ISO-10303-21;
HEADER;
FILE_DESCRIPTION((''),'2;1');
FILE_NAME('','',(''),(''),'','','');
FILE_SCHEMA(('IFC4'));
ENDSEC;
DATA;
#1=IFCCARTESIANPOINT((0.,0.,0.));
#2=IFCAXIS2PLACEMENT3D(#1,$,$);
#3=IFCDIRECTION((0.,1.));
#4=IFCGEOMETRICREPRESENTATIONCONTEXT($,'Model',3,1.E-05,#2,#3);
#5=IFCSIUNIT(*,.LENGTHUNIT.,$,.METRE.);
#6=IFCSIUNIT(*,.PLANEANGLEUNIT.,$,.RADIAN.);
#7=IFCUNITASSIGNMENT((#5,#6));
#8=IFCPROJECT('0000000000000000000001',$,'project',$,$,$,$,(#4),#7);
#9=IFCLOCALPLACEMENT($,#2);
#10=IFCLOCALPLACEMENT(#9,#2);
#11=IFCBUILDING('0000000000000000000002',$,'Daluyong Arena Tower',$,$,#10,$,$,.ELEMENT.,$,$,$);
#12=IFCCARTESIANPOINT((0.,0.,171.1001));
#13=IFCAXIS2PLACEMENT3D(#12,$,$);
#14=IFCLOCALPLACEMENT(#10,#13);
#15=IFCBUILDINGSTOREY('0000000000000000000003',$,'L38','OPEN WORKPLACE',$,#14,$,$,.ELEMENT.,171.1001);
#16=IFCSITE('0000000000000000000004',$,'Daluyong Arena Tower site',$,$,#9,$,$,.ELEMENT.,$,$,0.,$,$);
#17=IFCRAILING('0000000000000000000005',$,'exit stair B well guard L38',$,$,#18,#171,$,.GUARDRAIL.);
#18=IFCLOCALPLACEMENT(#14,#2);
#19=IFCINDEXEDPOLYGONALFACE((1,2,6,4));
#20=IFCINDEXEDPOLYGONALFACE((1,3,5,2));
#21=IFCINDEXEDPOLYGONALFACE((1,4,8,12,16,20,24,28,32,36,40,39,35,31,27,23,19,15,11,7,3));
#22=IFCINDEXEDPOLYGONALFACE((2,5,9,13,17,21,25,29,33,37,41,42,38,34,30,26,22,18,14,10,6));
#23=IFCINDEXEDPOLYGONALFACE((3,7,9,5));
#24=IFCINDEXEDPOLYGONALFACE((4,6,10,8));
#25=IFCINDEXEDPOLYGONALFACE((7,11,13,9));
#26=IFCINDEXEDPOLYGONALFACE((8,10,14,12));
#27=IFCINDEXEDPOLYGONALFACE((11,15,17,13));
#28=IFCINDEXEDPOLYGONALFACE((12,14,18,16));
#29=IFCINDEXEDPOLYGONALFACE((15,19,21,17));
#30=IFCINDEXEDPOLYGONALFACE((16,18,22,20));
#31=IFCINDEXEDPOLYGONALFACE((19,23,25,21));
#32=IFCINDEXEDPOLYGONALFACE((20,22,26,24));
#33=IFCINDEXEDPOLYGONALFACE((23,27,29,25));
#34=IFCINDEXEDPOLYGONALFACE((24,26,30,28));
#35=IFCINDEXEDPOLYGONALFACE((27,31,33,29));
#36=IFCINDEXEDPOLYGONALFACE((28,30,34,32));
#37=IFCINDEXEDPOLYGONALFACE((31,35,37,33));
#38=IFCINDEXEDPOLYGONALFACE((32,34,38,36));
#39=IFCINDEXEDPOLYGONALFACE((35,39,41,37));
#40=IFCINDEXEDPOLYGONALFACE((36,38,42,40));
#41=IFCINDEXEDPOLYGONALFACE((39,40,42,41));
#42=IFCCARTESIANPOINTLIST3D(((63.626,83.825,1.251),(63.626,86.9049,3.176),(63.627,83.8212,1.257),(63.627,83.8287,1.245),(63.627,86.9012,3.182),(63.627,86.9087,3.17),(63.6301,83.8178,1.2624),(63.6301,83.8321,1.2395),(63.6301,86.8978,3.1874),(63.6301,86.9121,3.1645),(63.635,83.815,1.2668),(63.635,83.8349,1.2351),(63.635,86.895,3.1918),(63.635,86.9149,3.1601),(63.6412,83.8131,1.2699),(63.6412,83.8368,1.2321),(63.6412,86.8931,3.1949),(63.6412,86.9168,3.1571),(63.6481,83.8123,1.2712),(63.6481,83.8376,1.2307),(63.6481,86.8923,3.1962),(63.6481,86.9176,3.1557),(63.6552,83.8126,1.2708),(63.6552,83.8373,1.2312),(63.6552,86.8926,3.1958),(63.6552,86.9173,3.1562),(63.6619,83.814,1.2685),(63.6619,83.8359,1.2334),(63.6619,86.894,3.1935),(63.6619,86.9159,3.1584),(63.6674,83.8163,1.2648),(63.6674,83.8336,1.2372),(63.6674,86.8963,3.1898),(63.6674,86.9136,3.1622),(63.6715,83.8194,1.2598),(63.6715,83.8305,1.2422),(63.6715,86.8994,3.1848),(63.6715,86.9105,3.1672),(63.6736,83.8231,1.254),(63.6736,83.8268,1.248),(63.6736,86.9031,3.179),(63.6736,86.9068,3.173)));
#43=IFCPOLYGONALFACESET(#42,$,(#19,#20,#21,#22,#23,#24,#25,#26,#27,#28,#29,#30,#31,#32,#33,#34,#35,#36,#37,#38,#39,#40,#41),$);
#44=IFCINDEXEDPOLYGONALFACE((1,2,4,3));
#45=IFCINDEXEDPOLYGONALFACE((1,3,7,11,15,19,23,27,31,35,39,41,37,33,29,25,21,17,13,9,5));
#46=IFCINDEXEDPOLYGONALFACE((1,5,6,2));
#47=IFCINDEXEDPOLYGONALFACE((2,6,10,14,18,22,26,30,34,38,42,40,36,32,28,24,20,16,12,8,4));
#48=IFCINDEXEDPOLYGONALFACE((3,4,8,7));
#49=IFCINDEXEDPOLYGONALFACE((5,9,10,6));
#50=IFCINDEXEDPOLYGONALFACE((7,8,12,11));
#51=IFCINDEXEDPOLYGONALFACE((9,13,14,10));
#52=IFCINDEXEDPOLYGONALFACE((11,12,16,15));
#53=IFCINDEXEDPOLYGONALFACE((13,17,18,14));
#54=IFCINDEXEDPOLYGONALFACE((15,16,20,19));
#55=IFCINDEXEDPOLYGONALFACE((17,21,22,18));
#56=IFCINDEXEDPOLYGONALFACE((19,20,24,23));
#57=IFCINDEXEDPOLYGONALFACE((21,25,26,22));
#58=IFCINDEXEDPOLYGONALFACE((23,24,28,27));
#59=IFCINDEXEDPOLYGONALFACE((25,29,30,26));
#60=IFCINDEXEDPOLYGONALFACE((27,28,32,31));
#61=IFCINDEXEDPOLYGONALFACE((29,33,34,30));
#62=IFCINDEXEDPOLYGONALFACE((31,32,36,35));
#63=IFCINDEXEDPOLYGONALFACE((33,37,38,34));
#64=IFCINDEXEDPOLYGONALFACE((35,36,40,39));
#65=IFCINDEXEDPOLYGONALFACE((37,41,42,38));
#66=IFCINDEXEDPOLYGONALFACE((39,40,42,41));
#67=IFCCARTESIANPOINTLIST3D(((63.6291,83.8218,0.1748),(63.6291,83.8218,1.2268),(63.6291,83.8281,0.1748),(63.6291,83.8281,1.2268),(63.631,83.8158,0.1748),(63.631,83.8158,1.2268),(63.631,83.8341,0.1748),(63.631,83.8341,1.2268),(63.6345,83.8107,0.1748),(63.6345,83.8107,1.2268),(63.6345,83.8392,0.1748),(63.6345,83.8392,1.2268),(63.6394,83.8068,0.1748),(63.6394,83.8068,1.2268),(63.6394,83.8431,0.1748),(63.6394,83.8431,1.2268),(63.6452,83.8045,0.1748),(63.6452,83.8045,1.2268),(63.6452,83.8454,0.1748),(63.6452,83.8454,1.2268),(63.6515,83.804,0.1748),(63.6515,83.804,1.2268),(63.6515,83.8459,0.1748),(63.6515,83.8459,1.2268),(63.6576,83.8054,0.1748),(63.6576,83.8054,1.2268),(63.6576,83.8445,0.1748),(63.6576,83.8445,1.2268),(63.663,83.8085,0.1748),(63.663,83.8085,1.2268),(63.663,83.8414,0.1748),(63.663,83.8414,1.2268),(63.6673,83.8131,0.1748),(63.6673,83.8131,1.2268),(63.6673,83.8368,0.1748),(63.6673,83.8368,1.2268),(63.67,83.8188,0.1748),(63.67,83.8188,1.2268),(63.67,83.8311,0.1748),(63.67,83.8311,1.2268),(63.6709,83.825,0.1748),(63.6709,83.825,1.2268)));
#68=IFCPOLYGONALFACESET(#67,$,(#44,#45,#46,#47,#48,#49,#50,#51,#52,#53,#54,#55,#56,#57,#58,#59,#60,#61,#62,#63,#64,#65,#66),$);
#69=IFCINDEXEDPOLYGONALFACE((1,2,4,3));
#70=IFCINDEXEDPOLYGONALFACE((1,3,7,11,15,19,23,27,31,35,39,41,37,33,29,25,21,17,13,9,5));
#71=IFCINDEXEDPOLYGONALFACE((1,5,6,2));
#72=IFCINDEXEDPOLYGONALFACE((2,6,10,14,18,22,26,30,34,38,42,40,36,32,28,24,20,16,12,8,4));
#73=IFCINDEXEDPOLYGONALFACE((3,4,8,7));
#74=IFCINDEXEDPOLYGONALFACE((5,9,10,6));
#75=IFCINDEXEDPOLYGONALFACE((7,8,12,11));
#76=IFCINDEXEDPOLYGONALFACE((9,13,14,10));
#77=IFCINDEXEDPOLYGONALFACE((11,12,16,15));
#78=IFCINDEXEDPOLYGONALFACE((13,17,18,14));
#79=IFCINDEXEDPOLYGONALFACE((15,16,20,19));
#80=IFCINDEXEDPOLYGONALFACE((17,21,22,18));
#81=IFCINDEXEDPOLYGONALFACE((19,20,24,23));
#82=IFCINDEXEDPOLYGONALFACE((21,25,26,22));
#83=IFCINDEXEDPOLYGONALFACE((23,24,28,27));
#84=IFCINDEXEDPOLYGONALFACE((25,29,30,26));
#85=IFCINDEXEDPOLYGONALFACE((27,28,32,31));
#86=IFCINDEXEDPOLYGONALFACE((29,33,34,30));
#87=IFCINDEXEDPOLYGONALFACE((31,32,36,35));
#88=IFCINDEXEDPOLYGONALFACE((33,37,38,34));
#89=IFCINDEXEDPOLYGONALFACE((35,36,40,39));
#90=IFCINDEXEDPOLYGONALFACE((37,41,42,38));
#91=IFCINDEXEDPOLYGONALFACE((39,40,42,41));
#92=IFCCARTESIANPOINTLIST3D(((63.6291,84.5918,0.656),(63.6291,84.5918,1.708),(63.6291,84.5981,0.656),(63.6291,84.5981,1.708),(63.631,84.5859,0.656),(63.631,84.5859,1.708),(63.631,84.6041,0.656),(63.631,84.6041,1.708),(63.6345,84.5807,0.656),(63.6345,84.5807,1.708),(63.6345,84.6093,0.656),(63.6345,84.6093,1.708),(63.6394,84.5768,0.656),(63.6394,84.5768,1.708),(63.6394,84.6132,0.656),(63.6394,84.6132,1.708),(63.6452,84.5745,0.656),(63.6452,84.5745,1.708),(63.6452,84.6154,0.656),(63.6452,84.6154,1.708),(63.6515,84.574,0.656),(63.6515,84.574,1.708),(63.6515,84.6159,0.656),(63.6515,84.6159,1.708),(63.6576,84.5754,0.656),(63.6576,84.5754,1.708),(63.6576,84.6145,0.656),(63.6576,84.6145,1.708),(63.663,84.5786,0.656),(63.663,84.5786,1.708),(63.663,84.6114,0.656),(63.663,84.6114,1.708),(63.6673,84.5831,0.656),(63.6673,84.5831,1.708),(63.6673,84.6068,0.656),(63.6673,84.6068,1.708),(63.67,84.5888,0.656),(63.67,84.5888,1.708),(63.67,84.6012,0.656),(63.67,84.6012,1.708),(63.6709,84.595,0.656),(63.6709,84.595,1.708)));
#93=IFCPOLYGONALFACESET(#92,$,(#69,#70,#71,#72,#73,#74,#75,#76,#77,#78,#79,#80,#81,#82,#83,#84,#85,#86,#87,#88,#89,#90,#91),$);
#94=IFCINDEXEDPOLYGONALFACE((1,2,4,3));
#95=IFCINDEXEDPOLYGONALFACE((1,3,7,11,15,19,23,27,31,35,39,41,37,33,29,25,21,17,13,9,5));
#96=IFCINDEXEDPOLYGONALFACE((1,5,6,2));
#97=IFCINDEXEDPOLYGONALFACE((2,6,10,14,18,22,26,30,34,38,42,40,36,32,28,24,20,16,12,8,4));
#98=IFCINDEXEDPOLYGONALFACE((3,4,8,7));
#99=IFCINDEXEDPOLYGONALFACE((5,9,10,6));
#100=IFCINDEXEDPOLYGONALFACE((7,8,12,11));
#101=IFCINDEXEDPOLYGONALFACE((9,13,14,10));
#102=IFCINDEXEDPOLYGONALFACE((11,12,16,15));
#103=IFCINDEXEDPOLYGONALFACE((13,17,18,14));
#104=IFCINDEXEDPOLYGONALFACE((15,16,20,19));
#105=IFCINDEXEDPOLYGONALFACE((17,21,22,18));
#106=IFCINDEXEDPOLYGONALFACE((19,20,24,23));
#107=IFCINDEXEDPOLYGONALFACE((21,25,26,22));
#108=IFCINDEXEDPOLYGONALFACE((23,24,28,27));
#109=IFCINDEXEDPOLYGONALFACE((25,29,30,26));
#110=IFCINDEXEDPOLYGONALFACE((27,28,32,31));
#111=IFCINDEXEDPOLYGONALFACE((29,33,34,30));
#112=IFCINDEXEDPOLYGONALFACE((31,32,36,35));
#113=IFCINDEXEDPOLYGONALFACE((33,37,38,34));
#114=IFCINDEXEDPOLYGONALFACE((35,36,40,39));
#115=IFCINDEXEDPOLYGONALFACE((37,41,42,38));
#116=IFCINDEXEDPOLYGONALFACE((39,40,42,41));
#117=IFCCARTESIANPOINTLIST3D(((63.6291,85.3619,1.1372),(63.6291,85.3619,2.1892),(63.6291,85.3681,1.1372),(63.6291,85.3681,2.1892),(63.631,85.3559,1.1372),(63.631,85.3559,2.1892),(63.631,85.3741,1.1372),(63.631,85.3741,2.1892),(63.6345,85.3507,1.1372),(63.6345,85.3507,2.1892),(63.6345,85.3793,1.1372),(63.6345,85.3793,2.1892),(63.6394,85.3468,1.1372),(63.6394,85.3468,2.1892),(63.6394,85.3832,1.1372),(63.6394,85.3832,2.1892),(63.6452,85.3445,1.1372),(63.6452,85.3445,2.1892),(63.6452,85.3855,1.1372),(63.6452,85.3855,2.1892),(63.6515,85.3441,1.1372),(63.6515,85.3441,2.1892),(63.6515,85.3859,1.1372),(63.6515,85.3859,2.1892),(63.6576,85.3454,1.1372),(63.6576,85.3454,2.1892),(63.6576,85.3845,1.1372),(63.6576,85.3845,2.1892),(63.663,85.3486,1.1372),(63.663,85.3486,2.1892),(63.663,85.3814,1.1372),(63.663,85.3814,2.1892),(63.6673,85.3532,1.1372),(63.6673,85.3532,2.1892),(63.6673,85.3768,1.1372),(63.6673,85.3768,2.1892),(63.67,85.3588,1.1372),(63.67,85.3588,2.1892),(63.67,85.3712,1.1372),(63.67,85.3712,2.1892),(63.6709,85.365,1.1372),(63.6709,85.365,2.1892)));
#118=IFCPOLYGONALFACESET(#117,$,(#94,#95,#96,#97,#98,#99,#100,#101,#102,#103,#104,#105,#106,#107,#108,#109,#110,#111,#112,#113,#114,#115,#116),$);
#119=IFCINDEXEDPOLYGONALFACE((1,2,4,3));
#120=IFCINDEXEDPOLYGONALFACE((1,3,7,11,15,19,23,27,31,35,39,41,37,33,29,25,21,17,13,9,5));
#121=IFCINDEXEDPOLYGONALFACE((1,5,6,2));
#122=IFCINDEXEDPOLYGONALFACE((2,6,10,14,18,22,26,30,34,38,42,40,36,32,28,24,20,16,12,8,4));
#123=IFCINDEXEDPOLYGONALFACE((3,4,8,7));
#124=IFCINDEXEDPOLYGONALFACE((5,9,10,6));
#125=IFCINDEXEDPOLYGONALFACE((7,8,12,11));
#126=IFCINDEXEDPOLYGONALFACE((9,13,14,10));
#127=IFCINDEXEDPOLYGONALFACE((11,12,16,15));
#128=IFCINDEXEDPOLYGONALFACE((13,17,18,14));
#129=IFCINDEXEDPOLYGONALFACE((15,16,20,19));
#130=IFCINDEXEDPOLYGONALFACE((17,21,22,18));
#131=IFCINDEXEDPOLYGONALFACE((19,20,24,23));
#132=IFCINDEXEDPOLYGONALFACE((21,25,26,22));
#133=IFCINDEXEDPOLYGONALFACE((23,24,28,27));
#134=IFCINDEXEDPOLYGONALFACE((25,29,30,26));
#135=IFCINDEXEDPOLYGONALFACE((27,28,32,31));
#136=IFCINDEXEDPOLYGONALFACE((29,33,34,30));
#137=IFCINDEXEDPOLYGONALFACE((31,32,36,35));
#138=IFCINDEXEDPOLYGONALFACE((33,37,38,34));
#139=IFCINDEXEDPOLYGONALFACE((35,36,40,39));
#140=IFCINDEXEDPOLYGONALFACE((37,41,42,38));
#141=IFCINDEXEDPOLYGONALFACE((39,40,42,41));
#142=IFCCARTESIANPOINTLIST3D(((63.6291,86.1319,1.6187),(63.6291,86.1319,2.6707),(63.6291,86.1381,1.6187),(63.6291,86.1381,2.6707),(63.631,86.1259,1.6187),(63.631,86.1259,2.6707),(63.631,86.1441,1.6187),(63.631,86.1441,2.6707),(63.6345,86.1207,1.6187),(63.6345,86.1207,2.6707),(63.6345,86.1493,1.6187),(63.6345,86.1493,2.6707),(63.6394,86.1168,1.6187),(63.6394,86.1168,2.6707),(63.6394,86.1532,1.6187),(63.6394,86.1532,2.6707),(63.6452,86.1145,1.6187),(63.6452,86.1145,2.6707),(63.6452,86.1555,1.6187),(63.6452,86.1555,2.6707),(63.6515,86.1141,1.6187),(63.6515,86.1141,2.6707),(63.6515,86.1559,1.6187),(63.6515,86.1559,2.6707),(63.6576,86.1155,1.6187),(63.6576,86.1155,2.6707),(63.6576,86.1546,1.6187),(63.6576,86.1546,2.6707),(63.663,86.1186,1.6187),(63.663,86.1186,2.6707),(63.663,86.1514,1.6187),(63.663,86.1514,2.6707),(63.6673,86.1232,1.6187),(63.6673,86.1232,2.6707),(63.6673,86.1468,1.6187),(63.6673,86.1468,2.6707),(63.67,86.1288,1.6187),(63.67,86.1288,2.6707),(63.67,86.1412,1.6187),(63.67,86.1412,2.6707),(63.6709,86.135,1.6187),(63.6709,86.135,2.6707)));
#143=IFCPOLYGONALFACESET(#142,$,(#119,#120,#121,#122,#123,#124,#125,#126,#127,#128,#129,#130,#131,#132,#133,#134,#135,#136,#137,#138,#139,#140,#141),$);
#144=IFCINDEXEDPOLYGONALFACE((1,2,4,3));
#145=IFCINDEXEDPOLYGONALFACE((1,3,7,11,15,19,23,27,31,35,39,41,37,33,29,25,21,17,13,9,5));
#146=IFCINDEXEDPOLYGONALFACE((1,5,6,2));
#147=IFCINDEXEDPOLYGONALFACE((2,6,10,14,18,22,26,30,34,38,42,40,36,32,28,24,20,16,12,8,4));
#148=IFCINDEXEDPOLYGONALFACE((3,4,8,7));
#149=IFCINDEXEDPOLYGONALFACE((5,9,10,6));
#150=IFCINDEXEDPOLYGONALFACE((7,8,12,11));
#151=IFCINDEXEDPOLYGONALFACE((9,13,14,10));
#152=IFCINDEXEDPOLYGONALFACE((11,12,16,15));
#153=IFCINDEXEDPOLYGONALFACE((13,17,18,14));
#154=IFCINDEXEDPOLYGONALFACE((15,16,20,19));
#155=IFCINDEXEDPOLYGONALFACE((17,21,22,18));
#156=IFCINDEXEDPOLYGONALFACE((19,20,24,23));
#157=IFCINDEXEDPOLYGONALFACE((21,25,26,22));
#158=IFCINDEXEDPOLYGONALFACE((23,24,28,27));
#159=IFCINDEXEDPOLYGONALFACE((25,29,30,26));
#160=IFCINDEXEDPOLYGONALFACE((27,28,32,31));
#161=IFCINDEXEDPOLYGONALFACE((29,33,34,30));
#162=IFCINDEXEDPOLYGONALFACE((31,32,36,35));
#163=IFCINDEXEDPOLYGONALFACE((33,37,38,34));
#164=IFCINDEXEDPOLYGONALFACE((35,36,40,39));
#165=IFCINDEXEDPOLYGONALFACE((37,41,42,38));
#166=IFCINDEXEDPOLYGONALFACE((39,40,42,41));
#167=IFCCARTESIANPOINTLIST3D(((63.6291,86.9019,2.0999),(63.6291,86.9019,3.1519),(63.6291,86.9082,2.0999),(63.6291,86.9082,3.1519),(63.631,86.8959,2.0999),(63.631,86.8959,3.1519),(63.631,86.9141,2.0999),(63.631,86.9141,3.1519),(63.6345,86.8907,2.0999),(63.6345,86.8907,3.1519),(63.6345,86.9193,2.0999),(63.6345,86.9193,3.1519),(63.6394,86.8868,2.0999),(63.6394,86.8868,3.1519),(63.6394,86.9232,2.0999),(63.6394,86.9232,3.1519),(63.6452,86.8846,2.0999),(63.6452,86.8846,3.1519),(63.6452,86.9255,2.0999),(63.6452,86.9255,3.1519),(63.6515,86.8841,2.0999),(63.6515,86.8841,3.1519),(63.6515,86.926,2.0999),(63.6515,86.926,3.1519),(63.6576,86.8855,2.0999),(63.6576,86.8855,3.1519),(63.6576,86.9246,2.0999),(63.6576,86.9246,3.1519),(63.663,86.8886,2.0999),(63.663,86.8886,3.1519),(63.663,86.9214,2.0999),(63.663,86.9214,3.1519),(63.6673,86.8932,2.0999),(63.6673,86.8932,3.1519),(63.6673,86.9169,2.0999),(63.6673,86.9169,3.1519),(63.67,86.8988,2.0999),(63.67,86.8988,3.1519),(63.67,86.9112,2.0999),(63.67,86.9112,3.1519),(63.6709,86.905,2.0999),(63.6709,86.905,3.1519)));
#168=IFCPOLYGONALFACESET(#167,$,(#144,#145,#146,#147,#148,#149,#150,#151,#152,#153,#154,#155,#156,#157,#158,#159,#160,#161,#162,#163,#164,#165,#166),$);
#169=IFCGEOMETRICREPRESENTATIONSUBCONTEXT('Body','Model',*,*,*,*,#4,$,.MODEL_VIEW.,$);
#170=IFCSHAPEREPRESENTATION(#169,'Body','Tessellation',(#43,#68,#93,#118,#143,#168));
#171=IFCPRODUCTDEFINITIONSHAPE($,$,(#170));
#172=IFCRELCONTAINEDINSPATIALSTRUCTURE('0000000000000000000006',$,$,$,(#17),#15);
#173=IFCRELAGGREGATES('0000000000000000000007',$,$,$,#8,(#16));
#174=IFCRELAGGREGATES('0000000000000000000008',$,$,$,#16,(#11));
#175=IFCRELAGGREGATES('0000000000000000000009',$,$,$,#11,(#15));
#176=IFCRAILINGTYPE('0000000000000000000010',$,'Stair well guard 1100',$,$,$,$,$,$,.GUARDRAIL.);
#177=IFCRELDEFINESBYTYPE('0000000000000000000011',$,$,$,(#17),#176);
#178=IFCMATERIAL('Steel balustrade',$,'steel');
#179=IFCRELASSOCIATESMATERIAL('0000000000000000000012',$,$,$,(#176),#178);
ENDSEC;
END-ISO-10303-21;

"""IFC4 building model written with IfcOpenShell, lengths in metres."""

from ifc_helpers import new_model, si_unit, direction, frame, origin, origin_2d, place, context, subcontext, project, spatial, circle, extrude, material, type_object, element, save


model = new_model("IFC4")

# Units and contexts
model_context = context("Model", 3, precision=1e-05, world=origin(), true_north=direction((0.0, 1.0)))
body_context = subcontext(model_context, "Body", "Model", "MODEL_VIEW")
ifc_project = project(units=[si_unit("LENGTHUNIT", "METRE"), si_unit("PLANEANGLEUNIT", "RADIAN")], contexts=[model_context])

# Site, building, storey
site_placement = place(None, origin())
site = spatial("IfcSite", under=ifc_project, at=site_placement, Name="Daluyong Arena Tower site", CompositionType="ELEMENT", RefElevation=0.0)
building_placement = place(site_placement, origin())
building = spatial("IfcBuilding", under=site, at=building_placement, Name="Daluyong Arena Tower", CompositionType="ELEMENT")
storey_placement = place(building_placement, frame((0.0, 0.0, 171.1001)))
storey = spatial("IfcBuildingStorey", under=building, at=storey_placement, Name="L38", Description="OPEN WORKPLACE", CompositionType="ELEMENT", Elevation=171.1001)

# Railing
ifc_material_1 = material(Name="Steel balustrade", Category="steel")
railing_type_1 = type_object("IfcRailingType", Name="Stair well guard 1100", PredefinedType="GUARDRAIL", material=ifc_material_1)
railing_1_placement = place(storey_placement, frame((63.6499, 83.825, 0.1748)))
element("IfcRailing", 1, at=railing_1_placement, inside=storey, type_object=railing_type_1, Name="exit stair B well guard L38", PredefinedType="GUARDRAIL", context=body_context, shape_type="SweptSolid", body=[
    extrude(circle(Radius=0.0239, at=origin_2d()), frame((0.0, 0.0, 1.0762), z_axis=(0.0, 0.847998, 0.529999), x_axis=(-1.0, 0.0, 0.0)), (0.0, 0.0, 1.0), 3.6321),
    extrude(circle(Radius=0.021, at=origin_2d()), origin(), (0.0, 0.0, 1.0), 1.052),
    extrude(circle(Radius=0.021, at=origin_2d()), frame((0.0, 0.77, 0.4812)), (0.0, 0.0, 1.0), 1.052),
    extrude(circle(Radius=0.021, at=origin_2d()), frame((0.0, 1.54, 0.9624)), (0.0, 0.0, 1.0), 1.052),
    extrude(circle(Radius=0.021, at=origin_2d()), frame((0.0, 2.3101, 1.4438)), (0.0, 0.0, 1.0), 1.052),
    extrude(circle(Radius=0.021, at=origin_2d()), frame((0.0, 3.0801, 1.925)), (0.0, 0.0, 1.0), 1.052),
])

save(model, "model.ifc")
